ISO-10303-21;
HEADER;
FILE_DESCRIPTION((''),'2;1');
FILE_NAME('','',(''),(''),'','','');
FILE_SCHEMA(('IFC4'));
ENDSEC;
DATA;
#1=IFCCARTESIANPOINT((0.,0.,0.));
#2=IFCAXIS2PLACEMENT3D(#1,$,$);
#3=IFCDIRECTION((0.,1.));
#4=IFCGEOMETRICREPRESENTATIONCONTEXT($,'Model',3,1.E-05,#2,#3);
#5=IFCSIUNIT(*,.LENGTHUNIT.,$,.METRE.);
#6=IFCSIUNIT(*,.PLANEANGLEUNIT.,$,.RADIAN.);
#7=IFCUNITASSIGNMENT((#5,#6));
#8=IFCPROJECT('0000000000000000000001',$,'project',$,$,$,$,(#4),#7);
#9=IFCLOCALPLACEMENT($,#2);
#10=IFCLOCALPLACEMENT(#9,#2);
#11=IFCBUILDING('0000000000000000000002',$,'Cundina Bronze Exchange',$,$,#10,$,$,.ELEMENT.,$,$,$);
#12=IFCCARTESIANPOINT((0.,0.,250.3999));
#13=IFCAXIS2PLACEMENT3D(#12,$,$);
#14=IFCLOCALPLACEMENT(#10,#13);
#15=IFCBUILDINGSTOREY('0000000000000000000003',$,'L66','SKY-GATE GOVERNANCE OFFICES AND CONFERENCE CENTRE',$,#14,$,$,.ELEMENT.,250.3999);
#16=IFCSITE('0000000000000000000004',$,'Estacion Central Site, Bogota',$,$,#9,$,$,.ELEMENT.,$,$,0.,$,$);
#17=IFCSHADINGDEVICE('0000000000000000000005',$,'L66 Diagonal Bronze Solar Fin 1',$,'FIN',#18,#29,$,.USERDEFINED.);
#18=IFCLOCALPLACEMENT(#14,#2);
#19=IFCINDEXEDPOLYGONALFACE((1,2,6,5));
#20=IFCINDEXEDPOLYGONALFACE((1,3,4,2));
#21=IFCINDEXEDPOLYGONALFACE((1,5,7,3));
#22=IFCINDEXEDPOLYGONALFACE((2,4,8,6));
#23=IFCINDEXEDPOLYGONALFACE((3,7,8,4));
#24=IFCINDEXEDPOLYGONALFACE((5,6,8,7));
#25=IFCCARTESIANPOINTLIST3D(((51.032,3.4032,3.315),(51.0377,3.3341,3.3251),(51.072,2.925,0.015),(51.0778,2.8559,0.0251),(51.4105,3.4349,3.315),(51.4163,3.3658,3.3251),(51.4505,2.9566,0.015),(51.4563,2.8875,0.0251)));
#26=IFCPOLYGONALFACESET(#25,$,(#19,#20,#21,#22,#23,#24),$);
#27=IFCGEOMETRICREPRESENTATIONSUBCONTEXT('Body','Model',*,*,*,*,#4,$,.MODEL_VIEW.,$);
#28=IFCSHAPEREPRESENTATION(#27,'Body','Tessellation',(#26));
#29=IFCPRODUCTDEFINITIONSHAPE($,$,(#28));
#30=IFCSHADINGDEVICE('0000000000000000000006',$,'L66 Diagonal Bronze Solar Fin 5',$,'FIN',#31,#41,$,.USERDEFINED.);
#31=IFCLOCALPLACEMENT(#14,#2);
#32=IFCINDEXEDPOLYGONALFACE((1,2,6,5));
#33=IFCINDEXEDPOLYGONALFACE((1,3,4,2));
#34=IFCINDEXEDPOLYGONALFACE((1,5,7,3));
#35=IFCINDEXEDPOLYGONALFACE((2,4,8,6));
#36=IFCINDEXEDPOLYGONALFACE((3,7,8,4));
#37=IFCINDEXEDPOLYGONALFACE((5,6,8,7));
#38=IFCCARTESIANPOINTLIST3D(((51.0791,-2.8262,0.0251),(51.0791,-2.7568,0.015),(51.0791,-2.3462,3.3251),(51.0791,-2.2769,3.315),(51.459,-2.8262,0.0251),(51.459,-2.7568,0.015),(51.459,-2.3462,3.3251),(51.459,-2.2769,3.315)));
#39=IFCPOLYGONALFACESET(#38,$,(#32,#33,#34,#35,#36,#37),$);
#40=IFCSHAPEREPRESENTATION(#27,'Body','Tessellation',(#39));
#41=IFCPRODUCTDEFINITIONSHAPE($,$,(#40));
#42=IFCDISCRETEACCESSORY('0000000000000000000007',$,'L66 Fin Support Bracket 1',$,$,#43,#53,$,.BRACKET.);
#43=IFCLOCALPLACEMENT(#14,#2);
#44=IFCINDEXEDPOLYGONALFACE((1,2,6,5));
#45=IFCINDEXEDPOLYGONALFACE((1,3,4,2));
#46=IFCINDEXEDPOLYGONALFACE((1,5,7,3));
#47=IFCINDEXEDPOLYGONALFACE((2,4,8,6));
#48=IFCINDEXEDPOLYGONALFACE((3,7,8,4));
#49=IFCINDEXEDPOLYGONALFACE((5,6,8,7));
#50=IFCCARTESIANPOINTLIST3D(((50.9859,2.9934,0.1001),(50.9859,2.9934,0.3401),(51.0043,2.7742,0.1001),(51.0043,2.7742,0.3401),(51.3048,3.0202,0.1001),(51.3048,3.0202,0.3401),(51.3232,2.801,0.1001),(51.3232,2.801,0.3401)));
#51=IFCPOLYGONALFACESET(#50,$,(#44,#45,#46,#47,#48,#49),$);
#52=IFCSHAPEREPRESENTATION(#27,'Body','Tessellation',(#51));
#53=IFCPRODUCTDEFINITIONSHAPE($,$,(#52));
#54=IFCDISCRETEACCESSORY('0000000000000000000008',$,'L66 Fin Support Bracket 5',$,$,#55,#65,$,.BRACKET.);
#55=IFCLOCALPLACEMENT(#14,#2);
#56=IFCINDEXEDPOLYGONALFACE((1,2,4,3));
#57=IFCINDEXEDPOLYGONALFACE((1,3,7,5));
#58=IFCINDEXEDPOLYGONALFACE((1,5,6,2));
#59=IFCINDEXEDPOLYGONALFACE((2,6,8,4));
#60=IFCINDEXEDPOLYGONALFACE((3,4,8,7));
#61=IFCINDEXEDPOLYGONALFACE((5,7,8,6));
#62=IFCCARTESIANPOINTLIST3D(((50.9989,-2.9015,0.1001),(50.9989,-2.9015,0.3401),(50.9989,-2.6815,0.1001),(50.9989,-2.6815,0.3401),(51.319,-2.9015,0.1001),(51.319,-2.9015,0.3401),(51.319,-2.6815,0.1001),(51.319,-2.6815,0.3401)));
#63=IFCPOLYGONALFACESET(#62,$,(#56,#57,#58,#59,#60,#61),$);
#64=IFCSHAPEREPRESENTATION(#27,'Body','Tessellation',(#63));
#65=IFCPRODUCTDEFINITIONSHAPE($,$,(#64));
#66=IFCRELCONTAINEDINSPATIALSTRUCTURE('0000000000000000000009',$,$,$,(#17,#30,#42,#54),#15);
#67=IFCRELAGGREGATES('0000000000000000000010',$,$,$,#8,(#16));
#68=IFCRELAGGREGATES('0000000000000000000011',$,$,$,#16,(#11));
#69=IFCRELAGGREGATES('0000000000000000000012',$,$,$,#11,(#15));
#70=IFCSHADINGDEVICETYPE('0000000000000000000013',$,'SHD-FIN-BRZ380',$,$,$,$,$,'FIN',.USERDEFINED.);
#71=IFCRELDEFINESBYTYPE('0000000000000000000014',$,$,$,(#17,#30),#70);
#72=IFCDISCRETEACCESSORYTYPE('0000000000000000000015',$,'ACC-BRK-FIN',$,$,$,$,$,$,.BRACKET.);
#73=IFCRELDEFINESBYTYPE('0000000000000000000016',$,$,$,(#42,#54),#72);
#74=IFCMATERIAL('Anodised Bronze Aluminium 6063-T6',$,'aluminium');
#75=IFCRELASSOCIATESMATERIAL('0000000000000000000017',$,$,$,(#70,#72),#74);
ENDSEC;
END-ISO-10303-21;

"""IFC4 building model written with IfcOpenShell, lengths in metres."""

from ifc_helpers import new_model, si_unit, direction, frame, origin, origin_2d, place, context, subcontext, project, spatial, rectangle, extrude, material, material_profile, profile_set, type_object, element, save


model = new_model("IFC4")

# Units and contexts
model_context = context("Model", 3, precision=1e-05, world=origin(), true_north=direction((0.0, 1.0)))
body_context = subcontext(model_context, "Body", "Model", "MODEL_VIEW")
ifc_project = project(units=[si_unit("LENGTHUNIT", "METRE"), si_unit("PLANEANGLEUNIT", "RADIAN")], contexts=[model_context])

# Site, building, storey
site_placement = place(None, origin())
site = spatial("IfcSite", under=ifc_project, at=site_placement, Name="Estacion Central Site, Bogota", CompositionType="ELEMENT", RefElevation=0.0)
building_placement = place(site_placement, origin())
building = spatial("IfcBuilding", under=site, at=building_placement, Name="Cundina Bronze Exchange", CompositionType="ELEMENT")
storey_placement = place(building_placement, frame((0.0, 0.0, 250.3999)))
storey = spatial("IfcBuildingStorey", under=building, at=storey_placement, Name="L66", Description="SKY-GATE GOVERNANCE OFFICES AND CONFERENCE CENTRE", CompositionType="ELEMENT", Elevation=250.3999)

# Shared definitions
ifc_material_1 = material(Name="Anodised Bronze Aluminium 6063-T6", Category="aluminium")

# Shading devices
ifc_material_profile_1 = material_profile(ifc_material_1, rectangle(XDim=0.0701, YDim=0.3799, at=origin_2d()), Name="FIN70X380", Category="aluminium")
ifc_profile_set_1 = profile_set([ifc_material_profile_1], Name="Anodised Bronze Aluminium 6063-T6")
shading_device_type = type_object("IfcShadingDeviceType", Name="SHD-FIN-BRZ380", ElementType="FIN", PredefinedType="USERDEFINED", material=ifc_profile_set_1)
for number, where, z_axis, x_axis, name in (
    (1, (51.2642, 2.9062, 0.02), (-0.012007, 0.14342, 0.989589), (0.082556, -0.98614, 0.143921), "L66 Diagonal Bronze Solar Fin 1"),
    (2, (51.269, -2.7915, 0.02), (0.0, 0.143932, 0.989588), (0.0, -0.989588, 0.143932), "L66 Diagonal Bronze Solar Fin 5"),
):
    element("IfcShadingDevice", number, at=place(storey_placement, frame(where, z_axis=z_axis, x_axis=x_axis)), inside=storey, type_object=shading_device_type, Name=name, ObjectType="FIN", PredefinedType="USERDEFINED", context=body_context, shape_type="SweptSolid", body=[
        extrude(rectangle(XDim=0.0701, YDim=0.3799, at=origin_2d()), origin(), (0.0, 0.0, 1.0), 3.3347),
    ])

# Discrete accessories
discrete_accessory_type = type_object("IfcDiscreteAccessoryType", Name="ACC-BRK-FIN", PredefinedType="BRACKET", material=ifc_material_1)
for number, where, z_axis, x_axis, name in (
    (3, (51.1545, 2.8972, 0.1001), (0.0, 0.0, 1.0), (-0.083747, 0.996487, 0.0), "L66 Fin Support Bracket 1"),
    (4, (51.1589, -2.7915, 0.1001), (0.0, 0.0, 1.0), (0.0, 1.0, 0.0), "L66 Fin Support Bracket 5"),
):
    element("IfcDiscreteAccessory", number, at=place(storey_placement, frame(where, z_axis=z_axis, x_axis=x_axis)), inside=storey, type_object=discrete_accessory_type, Name=name, PredefinedType="BRACKET", context=body_context, shape_type="SweptSolid", body=[
        extrude(rectangle(XDim=0.22, YDim=0.3201, at=origin_2d()), origin(), (0.0, 0.0, 1.0), 0.24),
    ])

save(model, "model.ifc")
